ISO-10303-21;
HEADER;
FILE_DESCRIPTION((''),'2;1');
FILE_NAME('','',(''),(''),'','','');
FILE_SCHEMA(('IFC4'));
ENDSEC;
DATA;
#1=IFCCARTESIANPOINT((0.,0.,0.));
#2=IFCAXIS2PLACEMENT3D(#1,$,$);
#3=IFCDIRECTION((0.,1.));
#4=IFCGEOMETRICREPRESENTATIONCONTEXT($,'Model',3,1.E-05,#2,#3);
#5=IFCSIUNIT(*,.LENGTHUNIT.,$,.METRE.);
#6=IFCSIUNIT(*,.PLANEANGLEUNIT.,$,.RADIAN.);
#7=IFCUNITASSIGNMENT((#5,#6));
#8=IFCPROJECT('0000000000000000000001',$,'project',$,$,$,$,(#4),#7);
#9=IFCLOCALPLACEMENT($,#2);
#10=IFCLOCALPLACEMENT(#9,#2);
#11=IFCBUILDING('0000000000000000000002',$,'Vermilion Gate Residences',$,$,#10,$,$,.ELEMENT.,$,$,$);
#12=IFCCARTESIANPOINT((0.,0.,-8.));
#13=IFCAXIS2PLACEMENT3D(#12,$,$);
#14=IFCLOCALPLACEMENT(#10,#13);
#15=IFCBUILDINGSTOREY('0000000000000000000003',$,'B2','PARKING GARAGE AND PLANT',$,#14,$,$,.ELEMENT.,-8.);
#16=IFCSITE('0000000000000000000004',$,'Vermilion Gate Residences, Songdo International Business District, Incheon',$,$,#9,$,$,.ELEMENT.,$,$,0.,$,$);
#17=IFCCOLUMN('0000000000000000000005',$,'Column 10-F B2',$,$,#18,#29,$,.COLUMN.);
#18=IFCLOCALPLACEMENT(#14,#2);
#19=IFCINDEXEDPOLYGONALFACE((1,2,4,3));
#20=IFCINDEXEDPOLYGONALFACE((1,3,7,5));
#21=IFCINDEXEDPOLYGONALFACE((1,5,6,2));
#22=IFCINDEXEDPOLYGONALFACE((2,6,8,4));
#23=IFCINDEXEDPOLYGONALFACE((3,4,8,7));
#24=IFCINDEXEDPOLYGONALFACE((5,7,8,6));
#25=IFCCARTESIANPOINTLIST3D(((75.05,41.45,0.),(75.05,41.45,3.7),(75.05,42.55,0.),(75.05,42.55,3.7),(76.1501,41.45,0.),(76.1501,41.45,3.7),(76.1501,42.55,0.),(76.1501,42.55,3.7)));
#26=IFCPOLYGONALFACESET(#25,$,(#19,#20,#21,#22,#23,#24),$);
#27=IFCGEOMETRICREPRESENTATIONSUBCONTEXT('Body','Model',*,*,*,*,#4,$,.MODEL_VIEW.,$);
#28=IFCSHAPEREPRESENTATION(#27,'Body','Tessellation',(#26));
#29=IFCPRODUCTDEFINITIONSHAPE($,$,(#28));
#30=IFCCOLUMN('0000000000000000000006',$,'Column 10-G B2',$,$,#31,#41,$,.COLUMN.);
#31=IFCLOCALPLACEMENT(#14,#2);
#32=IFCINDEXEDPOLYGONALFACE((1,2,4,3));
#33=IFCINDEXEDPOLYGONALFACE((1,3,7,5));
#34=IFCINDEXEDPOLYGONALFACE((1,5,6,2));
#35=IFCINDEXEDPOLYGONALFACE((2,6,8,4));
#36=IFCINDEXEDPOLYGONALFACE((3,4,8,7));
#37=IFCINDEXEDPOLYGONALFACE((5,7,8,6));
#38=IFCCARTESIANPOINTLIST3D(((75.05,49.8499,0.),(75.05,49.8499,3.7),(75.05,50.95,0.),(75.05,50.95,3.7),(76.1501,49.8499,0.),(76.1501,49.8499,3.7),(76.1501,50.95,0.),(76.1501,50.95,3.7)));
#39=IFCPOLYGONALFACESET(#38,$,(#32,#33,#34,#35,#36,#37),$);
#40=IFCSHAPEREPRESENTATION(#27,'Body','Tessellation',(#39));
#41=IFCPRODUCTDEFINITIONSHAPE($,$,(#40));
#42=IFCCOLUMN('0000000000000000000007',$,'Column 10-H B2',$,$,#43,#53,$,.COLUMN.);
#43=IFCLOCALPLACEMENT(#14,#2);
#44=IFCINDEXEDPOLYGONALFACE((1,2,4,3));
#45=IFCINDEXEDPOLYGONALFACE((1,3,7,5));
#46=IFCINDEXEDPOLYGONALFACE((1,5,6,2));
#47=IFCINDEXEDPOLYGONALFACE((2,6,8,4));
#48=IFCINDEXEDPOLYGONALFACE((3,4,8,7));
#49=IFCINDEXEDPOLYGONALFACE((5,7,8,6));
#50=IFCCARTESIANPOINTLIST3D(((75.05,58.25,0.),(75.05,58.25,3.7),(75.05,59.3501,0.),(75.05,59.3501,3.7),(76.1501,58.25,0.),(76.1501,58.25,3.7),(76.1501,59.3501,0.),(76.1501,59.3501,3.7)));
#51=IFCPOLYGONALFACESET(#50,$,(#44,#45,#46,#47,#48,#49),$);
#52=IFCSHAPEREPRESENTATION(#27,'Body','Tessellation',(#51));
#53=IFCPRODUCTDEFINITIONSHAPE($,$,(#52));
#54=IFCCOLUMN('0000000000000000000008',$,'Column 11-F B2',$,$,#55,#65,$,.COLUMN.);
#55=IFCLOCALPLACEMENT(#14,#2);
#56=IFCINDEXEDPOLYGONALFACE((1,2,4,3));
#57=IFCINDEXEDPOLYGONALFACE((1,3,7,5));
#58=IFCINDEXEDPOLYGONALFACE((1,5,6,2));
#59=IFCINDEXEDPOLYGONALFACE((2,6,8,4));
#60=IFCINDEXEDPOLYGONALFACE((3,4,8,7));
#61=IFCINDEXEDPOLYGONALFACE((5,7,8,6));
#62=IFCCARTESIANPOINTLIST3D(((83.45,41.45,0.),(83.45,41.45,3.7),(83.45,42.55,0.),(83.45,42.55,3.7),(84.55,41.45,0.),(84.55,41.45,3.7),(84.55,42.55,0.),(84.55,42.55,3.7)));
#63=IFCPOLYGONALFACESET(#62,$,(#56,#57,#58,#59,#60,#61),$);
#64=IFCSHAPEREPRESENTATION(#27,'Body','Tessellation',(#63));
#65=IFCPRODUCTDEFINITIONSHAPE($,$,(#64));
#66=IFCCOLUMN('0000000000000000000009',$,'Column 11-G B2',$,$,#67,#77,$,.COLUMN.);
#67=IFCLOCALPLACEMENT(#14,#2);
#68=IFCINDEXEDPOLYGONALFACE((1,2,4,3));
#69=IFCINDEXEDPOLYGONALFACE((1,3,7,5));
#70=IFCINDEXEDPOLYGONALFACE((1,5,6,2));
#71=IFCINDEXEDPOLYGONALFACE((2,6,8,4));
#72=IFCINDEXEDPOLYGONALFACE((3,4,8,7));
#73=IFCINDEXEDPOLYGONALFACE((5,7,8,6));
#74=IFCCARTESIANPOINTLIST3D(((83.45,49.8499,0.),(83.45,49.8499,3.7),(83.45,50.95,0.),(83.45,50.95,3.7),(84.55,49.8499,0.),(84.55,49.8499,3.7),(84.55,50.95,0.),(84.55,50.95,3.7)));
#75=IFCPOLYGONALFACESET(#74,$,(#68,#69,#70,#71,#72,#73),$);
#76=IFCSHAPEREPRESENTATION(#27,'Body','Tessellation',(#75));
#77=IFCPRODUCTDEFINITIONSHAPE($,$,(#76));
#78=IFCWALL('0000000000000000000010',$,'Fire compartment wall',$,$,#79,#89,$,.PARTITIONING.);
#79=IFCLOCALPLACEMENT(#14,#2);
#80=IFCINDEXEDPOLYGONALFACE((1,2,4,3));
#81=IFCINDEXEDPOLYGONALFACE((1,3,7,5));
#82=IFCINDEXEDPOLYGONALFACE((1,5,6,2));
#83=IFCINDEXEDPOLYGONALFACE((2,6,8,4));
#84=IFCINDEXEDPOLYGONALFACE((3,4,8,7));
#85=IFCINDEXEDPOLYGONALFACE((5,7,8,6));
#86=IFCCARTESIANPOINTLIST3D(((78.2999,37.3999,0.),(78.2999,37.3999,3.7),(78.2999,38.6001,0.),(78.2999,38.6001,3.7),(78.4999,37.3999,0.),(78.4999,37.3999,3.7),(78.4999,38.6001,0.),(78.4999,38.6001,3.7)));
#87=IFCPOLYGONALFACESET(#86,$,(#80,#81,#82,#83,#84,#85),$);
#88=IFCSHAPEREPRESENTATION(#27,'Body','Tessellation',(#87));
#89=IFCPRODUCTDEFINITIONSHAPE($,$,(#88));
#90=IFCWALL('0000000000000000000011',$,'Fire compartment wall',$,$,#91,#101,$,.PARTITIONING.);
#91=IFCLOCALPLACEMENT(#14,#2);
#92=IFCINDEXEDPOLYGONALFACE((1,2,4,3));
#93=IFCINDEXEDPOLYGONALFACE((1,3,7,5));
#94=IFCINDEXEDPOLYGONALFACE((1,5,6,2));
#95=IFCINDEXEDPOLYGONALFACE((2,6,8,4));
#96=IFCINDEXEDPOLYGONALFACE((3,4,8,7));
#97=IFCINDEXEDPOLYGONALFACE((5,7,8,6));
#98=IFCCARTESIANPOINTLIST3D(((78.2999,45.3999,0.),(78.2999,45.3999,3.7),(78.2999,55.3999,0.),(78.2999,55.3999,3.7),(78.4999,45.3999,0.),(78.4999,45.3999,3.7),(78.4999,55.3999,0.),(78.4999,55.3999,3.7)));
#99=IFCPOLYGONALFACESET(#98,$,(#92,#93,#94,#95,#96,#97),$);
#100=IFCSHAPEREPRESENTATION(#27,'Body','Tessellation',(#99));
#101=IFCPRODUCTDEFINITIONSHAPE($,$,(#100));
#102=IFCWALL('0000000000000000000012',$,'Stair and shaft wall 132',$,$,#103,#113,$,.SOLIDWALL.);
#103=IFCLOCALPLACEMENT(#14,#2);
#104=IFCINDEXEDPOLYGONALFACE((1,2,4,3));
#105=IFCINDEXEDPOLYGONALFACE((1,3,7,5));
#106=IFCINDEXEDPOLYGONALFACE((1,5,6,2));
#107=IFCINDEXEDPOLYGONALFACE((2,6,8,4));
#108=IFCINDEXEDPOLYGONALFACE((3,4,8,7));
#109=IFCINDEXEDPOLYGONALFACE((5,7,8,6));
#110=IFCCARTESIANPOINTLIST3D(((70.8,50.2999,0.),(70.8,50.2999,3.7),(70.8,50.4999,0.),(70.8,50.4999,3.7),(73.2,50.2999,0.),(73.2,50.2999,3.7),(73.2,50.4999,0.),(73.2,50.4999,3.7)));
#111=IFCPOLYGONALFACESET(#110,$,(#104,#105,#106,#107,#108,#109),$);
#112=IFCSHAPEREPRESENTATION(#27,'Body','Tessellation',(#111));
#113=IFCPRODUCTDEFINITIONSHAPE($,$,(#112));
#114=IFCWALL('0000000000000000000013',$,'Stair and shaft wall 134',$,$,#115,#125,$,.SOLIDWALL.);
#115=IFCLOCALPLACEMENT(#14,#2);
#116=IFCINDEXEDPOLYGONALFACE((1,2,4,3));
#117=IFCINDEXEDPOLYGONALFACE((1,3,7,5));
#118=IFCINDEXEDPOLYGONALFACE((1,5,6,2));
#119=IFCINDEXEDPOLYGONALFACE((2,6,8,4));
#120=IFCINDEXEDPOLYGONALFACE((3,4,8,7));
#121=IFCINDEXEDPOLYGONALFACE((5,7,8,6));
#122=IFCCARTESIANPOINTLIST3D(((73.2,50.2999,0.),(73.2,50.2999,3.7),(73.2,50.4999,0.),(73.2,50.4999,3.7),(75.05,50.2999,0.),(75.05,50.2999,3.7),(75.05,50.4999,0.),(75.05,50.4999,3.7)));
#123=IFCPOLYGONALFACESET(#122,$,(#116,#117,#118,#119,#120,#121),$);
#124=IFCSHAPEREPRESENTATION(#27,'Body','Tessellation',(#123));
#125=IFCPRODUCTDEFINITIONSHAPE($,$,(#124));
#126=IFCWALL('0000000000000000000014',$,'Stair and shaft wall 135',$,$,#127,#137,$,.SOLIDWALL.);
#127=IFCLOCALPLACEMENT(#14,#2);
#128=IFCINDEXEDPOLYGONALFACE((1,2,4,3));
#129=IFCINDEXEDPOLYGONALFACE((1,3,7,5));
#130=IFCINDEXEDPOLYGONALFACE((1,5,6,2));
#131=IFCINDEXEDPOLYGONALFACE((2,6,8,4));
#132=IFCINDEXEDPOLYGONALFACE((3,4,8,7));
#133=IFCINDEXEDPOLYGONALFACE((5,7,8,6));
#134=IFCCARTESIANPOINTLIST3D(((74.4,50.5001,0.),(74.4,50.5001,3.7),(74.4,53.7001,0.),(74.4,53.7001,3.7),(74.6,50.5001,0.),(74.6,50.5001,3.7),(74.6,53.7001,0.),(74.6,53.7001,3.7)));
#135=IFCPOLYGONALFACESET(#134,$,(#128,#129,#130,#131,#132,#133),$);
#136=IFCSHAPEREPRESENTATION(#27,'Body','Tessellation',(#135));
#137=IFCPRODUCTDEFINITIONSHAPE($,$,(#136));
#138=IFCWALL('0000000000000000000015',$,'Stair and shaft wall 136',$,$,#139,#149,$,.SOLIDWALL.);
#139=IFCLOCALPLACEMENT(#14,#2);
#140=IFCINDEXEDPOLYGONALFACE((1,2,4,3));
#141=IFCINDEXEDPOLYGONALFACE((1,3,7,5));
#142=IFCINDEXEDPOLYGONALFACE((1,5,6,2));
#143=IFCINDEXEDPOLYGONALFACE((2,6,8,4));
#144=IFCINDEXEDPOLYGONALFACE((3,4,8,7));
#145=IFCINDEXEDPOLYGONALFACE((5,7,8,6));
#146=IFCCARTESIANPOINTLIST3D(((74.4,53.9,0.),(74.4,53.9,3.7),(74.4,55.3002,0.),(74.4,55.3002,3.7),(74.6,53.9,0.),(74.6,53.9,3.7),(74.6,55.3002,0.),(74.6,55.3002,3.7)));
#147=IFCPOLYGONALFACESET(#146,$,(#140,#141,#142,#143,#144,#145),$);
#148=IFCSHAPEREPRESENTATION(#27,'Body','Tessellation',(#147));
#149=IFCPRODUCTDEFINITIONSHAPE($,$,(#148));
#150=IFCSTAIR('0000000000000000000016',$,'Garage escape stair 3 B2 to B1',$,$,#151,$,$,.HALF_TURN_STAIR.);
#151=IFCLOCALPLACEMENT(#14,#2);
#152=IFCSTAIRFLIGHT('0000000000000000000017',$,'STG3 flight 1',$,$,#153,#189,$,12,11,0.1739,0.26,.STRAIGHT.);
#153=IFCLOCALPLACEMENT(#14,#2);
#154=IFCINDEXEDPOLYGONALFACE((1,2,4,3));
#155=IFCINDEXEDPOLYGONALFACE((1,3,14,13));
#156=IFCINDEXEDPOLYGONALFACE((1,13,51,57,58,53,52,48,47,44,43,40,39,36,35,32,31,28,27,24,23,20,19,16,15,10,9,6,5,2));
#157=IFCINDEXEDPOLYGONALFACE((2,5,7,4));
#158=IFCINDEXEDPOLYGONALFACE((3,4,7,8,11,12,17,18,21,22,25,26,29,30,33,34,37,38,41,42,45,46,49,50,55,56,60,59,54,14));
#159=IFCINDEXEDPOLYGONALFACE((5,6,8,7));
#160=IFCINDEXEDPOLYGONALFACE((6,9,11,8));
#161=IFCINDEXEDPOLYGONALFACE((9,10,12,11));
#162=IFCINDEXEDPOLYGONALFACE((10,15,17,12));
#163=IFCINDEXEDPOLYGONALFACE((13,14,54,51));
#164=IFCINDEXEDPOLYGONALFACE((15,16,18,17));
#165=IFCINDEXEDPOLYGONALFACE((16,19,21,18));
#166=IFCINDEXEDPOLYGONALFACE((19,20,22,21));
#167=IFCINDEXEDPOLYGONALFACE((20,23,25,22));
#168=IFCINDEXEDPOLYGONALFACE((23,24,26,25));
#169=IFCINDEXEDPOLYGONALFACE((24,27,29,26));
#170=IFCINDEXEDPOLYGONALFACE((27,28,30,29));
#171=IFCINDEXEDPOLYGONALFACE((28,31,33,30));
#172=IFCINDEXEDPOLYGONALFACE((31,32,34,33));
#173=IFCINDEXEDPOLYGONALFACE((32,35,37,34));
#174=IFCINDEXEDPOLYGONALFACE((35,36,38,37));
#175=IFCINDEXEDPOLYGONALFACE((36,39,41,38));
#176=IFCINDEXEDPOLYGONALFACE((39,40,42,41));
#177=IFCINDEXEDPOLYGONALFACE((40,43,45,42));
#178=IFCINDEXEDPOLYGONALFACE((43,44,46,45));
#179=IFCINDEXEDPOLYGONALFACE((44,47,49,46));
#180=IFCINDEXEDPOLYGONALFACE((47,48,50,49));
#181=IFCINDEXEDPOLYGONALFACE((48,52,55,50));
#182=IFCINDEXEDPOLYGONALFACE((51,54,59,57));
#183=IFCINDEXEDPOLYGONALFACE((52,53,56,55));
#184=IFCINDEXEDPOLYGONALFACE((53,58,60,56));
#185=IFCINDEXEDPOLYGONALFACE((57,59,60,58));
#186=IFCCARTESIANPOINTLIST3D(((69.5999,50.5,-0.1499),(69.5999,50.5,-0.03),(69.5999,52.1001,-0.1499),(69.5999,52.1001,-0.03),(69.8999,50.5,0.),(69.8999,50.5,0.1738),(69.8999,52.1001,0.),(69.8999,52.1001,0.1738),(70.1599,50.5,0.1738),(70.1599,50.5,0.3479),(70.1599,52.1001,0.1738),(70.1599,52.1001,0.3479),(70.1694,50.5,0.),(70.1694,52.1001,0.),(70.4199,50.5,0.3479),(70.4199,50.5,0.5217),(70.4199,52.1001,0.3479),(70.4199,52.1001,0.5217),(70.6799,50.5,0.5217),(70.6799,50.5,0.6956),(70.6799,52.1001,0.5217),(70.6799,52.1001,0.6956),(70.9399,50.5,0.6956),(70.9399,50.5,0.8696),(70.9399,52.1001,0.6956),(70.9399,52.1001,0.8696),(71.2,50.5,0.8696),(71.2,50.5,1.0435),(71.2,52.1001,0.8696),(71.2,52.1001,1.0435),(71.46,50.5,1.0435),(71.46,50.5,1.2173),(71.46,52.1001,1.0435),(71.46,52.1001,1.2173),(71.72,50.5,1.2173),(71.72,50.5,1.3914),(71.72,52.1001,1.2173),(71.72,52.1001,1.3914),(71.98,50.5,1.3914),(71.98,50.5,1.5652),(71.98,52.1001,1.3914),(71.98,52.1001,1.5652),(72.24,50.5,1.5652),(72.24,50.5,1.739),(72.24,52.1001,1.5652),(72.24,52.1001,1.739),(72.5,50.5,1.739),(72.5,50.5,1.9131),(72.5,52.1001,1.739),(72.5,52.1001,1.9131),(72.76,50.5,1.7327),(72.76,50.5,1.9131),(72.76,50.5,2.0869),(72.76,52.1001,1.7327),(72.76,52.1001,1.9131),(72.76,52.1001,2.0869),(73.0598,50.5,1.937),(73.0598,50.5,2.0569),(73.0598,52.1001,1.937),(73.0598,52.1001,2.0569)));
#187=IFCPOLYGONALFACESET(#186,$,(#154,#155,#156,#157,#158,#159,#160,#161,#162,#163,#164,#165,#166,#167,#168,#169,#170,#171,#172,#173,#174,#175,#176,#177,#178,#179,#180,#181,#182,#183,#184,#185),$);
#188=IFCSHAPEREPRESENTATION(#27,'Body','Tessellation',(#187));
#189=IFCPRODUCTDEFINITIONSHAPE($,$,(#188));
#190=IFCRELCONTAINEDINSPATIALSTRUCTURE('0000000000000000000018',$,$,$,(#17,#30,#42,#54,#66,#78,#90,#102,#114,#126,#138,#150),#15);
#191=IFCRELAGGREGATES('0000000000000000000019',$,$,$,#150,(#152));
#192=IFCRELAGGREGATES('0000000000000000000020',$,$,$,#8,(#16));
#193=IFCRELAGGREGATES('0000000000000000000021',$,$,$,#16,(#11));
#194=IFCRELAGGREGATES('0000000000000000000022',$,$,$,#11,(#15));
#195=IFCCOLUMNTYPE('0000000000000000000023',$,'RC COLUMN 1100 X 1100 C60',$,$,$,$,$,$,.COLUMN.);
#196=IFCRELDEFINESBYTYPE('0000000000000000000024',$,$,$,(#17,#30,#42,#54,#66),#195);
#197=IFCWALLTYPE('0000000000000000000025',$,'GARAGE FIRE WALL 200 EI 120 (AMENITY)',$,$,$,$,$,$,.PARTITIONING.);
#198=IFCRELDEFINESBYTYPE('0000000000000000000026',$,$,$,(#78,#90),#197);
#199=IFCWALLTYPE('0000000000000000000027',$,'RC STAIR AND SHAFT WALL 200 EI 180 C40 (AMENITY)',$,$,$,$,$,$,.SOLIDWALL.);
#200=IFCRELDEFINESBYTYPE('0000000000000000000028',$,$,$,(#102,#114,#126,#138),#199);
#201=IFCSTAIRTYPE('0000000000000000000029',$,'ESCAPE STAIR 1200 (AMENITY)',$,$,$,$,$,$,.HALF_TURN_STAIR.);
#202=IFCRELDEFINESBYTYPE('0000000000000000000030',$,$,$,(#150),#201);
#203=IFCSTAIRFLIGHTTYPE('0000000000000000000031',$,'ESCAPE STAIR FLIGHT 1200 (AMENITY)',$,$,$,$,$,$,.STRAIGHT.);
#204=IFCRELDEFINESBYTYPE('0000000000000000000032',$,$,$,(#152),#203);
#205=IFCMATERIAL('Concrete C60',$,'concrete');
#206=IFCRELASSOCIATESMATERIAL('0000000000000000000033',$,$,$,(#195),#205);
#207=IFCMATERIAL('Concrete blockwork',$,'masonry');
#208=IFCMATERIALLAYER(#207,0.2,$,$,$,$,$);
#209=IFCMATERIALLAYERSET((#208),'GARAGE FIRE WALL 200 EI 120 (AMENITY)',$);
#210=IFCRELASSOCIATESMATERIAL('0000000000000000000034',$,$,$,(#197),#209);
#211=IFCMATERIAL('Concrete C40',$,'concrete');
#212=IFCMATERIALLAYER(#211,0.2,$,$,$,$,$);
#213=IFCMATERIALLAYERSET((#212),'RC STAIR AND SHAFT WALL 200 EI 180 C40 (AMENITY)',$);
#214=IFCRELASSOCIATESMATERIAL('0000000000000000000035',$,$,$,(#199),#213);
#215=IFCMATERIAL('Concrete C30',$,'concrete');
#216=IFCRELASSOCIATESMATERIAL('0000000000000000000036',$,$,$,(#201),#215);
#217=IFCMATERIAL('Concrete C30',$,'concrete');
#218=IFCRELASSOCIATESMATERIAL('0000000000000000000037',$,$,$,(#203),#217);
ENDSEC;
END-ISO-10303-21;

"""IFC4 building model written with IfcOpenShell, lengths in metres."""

from ifc_helpers import new_model, si_unit, direction, frame, frame_2d, origin, origin_2d, place, context, subcontext, project, spatial, polyline, rectangle, outline, extrude, material, layer, layer_set, material_profile, profile_set, type_object, element, aggregate, save


model = new_model("IFC4")

# Units and contexts
model_context = context("Model", 3, precision=1e-05, world=origin(), true_north=direction((0.0, 1.0)))
body_context = subcontext(model_context, "Body", "Model", "MODEL_VIEW")
ifc_project = project(units=[si_unit("LENGTHUNIT", "METRE"), si_unit("PLANEANGLEUNIT", "RADIAN")], contexts=[model_context])

# Site, building, storey
site_placement = place(None, origin())
site = spatial("IfcSite", under=ifc_project, at=site_placement, Name="Vermilion Gate Residences, Songdo International Business District, Incheon", CompositionType="ELEMENT", RefElevation=0.0)
building_placement = place(site_placement, origin())
building = spatial("IfcBuilding", under=site, at=building_placement, Name="Vermilion Gate Residences", CompositionType="ELEMENT")
storey_placement = place(building_placement, frame((0.0, 0.0, -8.0)))
storey = spatial("IfcBuildingStorey", under=building, at=storey_placement, Name="B2", Description="PARKING GARAGE AND PLANT", CompositionType="ELEMENT", Elevation=-8.0)

# Columns
ifc_material_1 = material(Name="Concrete C60", Category="concrete")
ifc_material_profile_1 = material_profile(ifc_material_1, rectangle(XDim=1.1001, YDim=1.1001, at=origin_2d()), Name="RC-1100x1100")
ifc_profile_set_1 = profile_set([ifc_material_profile_1], Name="Concrete C60")
column_type = type_object("IfcColumnType", Name="RC COLUMN 1100 X 1100 C60", PredefinedType="COLUMN", material=ifc_profile_set_1)
for number, where, z_axis, x_axis, name in (
    (1, (75.6001, 42.0, 0.0), (0.0, 0.0, 1.0), (1.0, 0.0, 0.0), "Column 10-F B2"),
    (2, (75.6001, 50.3999, 0.0), (0.0, 0.0, 1.0), (1.0, 0.0, 0.0), "Column 10-G B2"),
    (3, (75.6001, 58.8, 0.0), (0.0, 0.0, 1.0), (1.0, 0.0, 0.0), "Column 10-H B2"),
    (4, (84.0, 42.0, 0.0), (0.0, 0.0, 1.0), (1.0, 0.0, 0.0), "Column 11-F B2"),
    (5, (84.0, 50.3999, 0.0), (0.0, 0.0, 1.0), (1.0, 0.0, 0.0), "Column 11-G B2"),
):
    element("IfcColumn", number, at=place(storey_placement, frame(where, z_axis=z_axis, x_axis=x_axis)), inside=storey, type_object=column_type, Name=name, PredefinedType="COLUMN", context=body_context, shape_type="SweptSolid", body=[
        extrude(rectangle(XDim=1.1001, YDim=1.1001, at=origin_2d()), origin(), (0.0, 0.0, 1.0), 3.7),
    ])

# Wall
ifc_material_2 = material(Name="Concrete blockwork", Category="masonry")
ifc_layer_1 = layer(ifc_material_2, 0.2)
ifc_layer_set_1 = layer_set([ifc_layer_1], Name="GARAGE FIRE WALL 200 EI 120 (AMENITY)")
wall_type_1 = type_object("IfcWallType", Name="GARAGE FIRE WALL 200 EI 120 (AMENITY)", PredefinedType="PARTITIONING", material=ifc_layer_set_1)
wall_1_placement = place(storey_placement, frame((78.3999, 37.3999, 0.0), z_axis=(0.0, 0.0, 1.0), x_axis=(0.0, 1.0, 0.0)))
element("IfcWall", 6, at=wall_1_placement, inside=storey, type_object=wall_type_1, Name="Fire compartment wall", PredefinedType="PARTITIONING", context=body_context, shape_type="SweptSolid", body=[
    extrude(rectangle(XDim=1.2002, YDim=0.2, at=frame_2d((0.6001, 0.0))), origin(), (0.0, 0.0, 1.0), 3.7),
])

# Wall
wall_2_placement = place(storey_placement, frame((78.3999, 45.3999, 0.0), z_axis=(0.0, 0.0, 1.0), x_axis=(0.0, 1.0, 0.0)))
element("IfcWall", 7, at=wall_2_placement, inside=storey, type_object=wall_type_1, Name="Fire compartment wall", PredefinedType="PARTITIONING", context=body_context, shape_type="SweptSolid", body=[
    extrude(rectangle(XDim=10.0, YDim=0.2, at=frame_2d((5.0, 0.0))), origin(), (0.0, 0.0, 1.0), 3.7),
])

# Walls
ifc_material_3 = material(Name="Concrete C40", Category="concrete")
ifc_layer_2 = layer(ifc_material_3, 0.2)
ifc_layer_set_2 = layer_set([ifc_layer_2], Name="RC STAIR AND SHAFT WALL 200 EI 180 C40 (AMENITY)")
wall_type_2 = type_object("IfcWallType", Name="RC STAIR AND SHAFT WALL 200 EI 180 C40 (AMENITY)", PredefinedType="SOLIDWALL", material=ifc_layer_set_2)
wall_3_placement = place(storey_placement, frame((70.8, 50.3999, 0.0), z_axis=(0.0, 0.0, 1.0), x_axis=(1.0, 0.0, 0.0)))
element("IfcWall", 8, at=wall_3_placement, inside=storey, type_object=wall_type_2, Name="Stair and shaft wall 132", PredefinedType="SOLIDWALL", context=body_context, shape_type="SweptSolid", body=[
    extrude(rectangle(XDim=2.3999, YDim=0.2, at=frame_2d((1.2, 0.0))), origin(), (0.0, 0.0, 1.0), 3.7),
])
wall_4_placement = place(storey_placement, frame((73.2, 50.3999, 0.0), z_axis=(0.0, 0.0, 1.0), x_axis=(1.0, 0.0, 0.0)))
element("IfcWall", 9, at=wall_4_placement, inside=storey, type_object=wall_type_2, Name="Stair and shaft wall 134", PredefinedType="SOLIDWALL", context=body_context, shape_type="SweptSolid", body=[
    extrude(rectangle(XDim=1.8501, YDim=0.2, at=frame_2d((0.925, 0.0))), origin(), (0.0, 0.0, 1.0), 3.7),
])
wall_5_placement = place(storey_placement, frame((74.5, 50.5, 0.0), z_axis=(0.0, 0.0, 1.0), x_axis=(0.0, 1.0, 0.0)))
element("IfcWall", 10, at=wall_5_placement, inside=storey, type_object=wall_type_2, Name="Stair and shaft wall 135", PredefinedType="SOLIDWALL", context=body_context, shape_type="SweptSolid", body=[
    extrude(rectangle(XDim=3.2, YDim=0.2, at=frame_2d((1.6001, 0.0))), origin(), (0.0, 0.0, 1.0), 3.7),
])
wall_6_placement = place(storey_placement, frame((74.5, 53.8999, 0.0), z_axis=(0.0, 0.0, 1.0), x_axis=(0.0, 1.0, 0.0)))
element("IfcWall", 11, at=wall_6_placement, inside=storey, type_object=wall_type_2, Name="Stair and shaft wall 136", PredefinedType="SOLIDWALL", context=body_context, shape_type="SweptSolid", body=[
    extrude(rectangle(XDim=1.4001, YDim=0.2, at=frame_2d((0.7002, 0.0))), origin(), (0.0, 0.0, 1.0), 3.7),
])

# Stair, stair flight
ifc_material_4 = material(Name="Concrete C30", Category="concrete")
stair_type = type_object("IfcStairType", Name="ESCAPE STAIR 1200 (AMENITY)", PredefinedType="HALF_TURN_STAIR", material=ifc_material_4)
stair_placement = place(storey_placement, origin())
stair = element("IfcStair", 12, at=stair_placement, inside=storey, type_object=stair_type, Name="Garage escape stair 3 B2 to B1", PredefinedType="HALF_TURN_STAIR")
ifc_material_5 = material(Name="Concrete C30", Category="concrete")
stair_flight_type = type_object("IfcStairFlightType", Name="ESCAPE STAIR FLIGHT 1200 (AMENITY)", PredefinedType="STRAIGHT", material=ifc_material_5)
stair_flight_1_placement = place(storey_placement, frame((69.8999, 51.3, 0.0), z_axis=(0.0, 0.0, 1.0), x_axis=(1.0, 0.0, 0.0)))
stair_flight_1 = element("IfcStairFlight", 13, at=stair_flight_1_placement, type_object=stair_flight_type, Name="STG3 flight 1", NumberOfRisers=12, NumberOfTreads=11, PredefinedType="STRAIGHT", RiserHeight=0.1739, TreadLength=0.26, context=body_context, shape_type="SweptSolid", body=[
    extrude(outline(polyline([(-0.3, -0.1499), (-0.3, -0.03), (0.0, 0.0), (0.0, 0.1738), (0.26, 0.1738), (0.26, 0.3479), (0.52, 0.3479), (0.52, 0.5217), (0.78, 0.5217), (0.78, 0.6956), (1.04, 0.6956), (1.04, 0.8696), (1.3, 0.8696), (1.3, 1.0435), (1.5601, 1.0435), (1.5601, 1.2173), (1.8201, 1.2173), (1.8201, 1.3914), (2.0801, 1.3914), (2.0801, 1.5652), (2.3401, 1.5652), (2.3401, 1.739), (2.6001, 1.739), (2.6001, 1.9131), (2.8601, 1.9131), (2.8601, 2.0869), (3.1599, 2.0569), (3.1599, 1.937), (2.8601, 1.7327), (0.2695, 0.0), (-0.3, -0.1499)])), frame((0.0, 0.8, 0.0), z_axis=(0.0, -1.0, 0.0), x_axis=(1.0, 0.0, 0.0)), (0.0, 0.0, 1.0), 1.6001),
])
aggregate(stair, [stair_flight_1])

save(model, "model.ifc")
